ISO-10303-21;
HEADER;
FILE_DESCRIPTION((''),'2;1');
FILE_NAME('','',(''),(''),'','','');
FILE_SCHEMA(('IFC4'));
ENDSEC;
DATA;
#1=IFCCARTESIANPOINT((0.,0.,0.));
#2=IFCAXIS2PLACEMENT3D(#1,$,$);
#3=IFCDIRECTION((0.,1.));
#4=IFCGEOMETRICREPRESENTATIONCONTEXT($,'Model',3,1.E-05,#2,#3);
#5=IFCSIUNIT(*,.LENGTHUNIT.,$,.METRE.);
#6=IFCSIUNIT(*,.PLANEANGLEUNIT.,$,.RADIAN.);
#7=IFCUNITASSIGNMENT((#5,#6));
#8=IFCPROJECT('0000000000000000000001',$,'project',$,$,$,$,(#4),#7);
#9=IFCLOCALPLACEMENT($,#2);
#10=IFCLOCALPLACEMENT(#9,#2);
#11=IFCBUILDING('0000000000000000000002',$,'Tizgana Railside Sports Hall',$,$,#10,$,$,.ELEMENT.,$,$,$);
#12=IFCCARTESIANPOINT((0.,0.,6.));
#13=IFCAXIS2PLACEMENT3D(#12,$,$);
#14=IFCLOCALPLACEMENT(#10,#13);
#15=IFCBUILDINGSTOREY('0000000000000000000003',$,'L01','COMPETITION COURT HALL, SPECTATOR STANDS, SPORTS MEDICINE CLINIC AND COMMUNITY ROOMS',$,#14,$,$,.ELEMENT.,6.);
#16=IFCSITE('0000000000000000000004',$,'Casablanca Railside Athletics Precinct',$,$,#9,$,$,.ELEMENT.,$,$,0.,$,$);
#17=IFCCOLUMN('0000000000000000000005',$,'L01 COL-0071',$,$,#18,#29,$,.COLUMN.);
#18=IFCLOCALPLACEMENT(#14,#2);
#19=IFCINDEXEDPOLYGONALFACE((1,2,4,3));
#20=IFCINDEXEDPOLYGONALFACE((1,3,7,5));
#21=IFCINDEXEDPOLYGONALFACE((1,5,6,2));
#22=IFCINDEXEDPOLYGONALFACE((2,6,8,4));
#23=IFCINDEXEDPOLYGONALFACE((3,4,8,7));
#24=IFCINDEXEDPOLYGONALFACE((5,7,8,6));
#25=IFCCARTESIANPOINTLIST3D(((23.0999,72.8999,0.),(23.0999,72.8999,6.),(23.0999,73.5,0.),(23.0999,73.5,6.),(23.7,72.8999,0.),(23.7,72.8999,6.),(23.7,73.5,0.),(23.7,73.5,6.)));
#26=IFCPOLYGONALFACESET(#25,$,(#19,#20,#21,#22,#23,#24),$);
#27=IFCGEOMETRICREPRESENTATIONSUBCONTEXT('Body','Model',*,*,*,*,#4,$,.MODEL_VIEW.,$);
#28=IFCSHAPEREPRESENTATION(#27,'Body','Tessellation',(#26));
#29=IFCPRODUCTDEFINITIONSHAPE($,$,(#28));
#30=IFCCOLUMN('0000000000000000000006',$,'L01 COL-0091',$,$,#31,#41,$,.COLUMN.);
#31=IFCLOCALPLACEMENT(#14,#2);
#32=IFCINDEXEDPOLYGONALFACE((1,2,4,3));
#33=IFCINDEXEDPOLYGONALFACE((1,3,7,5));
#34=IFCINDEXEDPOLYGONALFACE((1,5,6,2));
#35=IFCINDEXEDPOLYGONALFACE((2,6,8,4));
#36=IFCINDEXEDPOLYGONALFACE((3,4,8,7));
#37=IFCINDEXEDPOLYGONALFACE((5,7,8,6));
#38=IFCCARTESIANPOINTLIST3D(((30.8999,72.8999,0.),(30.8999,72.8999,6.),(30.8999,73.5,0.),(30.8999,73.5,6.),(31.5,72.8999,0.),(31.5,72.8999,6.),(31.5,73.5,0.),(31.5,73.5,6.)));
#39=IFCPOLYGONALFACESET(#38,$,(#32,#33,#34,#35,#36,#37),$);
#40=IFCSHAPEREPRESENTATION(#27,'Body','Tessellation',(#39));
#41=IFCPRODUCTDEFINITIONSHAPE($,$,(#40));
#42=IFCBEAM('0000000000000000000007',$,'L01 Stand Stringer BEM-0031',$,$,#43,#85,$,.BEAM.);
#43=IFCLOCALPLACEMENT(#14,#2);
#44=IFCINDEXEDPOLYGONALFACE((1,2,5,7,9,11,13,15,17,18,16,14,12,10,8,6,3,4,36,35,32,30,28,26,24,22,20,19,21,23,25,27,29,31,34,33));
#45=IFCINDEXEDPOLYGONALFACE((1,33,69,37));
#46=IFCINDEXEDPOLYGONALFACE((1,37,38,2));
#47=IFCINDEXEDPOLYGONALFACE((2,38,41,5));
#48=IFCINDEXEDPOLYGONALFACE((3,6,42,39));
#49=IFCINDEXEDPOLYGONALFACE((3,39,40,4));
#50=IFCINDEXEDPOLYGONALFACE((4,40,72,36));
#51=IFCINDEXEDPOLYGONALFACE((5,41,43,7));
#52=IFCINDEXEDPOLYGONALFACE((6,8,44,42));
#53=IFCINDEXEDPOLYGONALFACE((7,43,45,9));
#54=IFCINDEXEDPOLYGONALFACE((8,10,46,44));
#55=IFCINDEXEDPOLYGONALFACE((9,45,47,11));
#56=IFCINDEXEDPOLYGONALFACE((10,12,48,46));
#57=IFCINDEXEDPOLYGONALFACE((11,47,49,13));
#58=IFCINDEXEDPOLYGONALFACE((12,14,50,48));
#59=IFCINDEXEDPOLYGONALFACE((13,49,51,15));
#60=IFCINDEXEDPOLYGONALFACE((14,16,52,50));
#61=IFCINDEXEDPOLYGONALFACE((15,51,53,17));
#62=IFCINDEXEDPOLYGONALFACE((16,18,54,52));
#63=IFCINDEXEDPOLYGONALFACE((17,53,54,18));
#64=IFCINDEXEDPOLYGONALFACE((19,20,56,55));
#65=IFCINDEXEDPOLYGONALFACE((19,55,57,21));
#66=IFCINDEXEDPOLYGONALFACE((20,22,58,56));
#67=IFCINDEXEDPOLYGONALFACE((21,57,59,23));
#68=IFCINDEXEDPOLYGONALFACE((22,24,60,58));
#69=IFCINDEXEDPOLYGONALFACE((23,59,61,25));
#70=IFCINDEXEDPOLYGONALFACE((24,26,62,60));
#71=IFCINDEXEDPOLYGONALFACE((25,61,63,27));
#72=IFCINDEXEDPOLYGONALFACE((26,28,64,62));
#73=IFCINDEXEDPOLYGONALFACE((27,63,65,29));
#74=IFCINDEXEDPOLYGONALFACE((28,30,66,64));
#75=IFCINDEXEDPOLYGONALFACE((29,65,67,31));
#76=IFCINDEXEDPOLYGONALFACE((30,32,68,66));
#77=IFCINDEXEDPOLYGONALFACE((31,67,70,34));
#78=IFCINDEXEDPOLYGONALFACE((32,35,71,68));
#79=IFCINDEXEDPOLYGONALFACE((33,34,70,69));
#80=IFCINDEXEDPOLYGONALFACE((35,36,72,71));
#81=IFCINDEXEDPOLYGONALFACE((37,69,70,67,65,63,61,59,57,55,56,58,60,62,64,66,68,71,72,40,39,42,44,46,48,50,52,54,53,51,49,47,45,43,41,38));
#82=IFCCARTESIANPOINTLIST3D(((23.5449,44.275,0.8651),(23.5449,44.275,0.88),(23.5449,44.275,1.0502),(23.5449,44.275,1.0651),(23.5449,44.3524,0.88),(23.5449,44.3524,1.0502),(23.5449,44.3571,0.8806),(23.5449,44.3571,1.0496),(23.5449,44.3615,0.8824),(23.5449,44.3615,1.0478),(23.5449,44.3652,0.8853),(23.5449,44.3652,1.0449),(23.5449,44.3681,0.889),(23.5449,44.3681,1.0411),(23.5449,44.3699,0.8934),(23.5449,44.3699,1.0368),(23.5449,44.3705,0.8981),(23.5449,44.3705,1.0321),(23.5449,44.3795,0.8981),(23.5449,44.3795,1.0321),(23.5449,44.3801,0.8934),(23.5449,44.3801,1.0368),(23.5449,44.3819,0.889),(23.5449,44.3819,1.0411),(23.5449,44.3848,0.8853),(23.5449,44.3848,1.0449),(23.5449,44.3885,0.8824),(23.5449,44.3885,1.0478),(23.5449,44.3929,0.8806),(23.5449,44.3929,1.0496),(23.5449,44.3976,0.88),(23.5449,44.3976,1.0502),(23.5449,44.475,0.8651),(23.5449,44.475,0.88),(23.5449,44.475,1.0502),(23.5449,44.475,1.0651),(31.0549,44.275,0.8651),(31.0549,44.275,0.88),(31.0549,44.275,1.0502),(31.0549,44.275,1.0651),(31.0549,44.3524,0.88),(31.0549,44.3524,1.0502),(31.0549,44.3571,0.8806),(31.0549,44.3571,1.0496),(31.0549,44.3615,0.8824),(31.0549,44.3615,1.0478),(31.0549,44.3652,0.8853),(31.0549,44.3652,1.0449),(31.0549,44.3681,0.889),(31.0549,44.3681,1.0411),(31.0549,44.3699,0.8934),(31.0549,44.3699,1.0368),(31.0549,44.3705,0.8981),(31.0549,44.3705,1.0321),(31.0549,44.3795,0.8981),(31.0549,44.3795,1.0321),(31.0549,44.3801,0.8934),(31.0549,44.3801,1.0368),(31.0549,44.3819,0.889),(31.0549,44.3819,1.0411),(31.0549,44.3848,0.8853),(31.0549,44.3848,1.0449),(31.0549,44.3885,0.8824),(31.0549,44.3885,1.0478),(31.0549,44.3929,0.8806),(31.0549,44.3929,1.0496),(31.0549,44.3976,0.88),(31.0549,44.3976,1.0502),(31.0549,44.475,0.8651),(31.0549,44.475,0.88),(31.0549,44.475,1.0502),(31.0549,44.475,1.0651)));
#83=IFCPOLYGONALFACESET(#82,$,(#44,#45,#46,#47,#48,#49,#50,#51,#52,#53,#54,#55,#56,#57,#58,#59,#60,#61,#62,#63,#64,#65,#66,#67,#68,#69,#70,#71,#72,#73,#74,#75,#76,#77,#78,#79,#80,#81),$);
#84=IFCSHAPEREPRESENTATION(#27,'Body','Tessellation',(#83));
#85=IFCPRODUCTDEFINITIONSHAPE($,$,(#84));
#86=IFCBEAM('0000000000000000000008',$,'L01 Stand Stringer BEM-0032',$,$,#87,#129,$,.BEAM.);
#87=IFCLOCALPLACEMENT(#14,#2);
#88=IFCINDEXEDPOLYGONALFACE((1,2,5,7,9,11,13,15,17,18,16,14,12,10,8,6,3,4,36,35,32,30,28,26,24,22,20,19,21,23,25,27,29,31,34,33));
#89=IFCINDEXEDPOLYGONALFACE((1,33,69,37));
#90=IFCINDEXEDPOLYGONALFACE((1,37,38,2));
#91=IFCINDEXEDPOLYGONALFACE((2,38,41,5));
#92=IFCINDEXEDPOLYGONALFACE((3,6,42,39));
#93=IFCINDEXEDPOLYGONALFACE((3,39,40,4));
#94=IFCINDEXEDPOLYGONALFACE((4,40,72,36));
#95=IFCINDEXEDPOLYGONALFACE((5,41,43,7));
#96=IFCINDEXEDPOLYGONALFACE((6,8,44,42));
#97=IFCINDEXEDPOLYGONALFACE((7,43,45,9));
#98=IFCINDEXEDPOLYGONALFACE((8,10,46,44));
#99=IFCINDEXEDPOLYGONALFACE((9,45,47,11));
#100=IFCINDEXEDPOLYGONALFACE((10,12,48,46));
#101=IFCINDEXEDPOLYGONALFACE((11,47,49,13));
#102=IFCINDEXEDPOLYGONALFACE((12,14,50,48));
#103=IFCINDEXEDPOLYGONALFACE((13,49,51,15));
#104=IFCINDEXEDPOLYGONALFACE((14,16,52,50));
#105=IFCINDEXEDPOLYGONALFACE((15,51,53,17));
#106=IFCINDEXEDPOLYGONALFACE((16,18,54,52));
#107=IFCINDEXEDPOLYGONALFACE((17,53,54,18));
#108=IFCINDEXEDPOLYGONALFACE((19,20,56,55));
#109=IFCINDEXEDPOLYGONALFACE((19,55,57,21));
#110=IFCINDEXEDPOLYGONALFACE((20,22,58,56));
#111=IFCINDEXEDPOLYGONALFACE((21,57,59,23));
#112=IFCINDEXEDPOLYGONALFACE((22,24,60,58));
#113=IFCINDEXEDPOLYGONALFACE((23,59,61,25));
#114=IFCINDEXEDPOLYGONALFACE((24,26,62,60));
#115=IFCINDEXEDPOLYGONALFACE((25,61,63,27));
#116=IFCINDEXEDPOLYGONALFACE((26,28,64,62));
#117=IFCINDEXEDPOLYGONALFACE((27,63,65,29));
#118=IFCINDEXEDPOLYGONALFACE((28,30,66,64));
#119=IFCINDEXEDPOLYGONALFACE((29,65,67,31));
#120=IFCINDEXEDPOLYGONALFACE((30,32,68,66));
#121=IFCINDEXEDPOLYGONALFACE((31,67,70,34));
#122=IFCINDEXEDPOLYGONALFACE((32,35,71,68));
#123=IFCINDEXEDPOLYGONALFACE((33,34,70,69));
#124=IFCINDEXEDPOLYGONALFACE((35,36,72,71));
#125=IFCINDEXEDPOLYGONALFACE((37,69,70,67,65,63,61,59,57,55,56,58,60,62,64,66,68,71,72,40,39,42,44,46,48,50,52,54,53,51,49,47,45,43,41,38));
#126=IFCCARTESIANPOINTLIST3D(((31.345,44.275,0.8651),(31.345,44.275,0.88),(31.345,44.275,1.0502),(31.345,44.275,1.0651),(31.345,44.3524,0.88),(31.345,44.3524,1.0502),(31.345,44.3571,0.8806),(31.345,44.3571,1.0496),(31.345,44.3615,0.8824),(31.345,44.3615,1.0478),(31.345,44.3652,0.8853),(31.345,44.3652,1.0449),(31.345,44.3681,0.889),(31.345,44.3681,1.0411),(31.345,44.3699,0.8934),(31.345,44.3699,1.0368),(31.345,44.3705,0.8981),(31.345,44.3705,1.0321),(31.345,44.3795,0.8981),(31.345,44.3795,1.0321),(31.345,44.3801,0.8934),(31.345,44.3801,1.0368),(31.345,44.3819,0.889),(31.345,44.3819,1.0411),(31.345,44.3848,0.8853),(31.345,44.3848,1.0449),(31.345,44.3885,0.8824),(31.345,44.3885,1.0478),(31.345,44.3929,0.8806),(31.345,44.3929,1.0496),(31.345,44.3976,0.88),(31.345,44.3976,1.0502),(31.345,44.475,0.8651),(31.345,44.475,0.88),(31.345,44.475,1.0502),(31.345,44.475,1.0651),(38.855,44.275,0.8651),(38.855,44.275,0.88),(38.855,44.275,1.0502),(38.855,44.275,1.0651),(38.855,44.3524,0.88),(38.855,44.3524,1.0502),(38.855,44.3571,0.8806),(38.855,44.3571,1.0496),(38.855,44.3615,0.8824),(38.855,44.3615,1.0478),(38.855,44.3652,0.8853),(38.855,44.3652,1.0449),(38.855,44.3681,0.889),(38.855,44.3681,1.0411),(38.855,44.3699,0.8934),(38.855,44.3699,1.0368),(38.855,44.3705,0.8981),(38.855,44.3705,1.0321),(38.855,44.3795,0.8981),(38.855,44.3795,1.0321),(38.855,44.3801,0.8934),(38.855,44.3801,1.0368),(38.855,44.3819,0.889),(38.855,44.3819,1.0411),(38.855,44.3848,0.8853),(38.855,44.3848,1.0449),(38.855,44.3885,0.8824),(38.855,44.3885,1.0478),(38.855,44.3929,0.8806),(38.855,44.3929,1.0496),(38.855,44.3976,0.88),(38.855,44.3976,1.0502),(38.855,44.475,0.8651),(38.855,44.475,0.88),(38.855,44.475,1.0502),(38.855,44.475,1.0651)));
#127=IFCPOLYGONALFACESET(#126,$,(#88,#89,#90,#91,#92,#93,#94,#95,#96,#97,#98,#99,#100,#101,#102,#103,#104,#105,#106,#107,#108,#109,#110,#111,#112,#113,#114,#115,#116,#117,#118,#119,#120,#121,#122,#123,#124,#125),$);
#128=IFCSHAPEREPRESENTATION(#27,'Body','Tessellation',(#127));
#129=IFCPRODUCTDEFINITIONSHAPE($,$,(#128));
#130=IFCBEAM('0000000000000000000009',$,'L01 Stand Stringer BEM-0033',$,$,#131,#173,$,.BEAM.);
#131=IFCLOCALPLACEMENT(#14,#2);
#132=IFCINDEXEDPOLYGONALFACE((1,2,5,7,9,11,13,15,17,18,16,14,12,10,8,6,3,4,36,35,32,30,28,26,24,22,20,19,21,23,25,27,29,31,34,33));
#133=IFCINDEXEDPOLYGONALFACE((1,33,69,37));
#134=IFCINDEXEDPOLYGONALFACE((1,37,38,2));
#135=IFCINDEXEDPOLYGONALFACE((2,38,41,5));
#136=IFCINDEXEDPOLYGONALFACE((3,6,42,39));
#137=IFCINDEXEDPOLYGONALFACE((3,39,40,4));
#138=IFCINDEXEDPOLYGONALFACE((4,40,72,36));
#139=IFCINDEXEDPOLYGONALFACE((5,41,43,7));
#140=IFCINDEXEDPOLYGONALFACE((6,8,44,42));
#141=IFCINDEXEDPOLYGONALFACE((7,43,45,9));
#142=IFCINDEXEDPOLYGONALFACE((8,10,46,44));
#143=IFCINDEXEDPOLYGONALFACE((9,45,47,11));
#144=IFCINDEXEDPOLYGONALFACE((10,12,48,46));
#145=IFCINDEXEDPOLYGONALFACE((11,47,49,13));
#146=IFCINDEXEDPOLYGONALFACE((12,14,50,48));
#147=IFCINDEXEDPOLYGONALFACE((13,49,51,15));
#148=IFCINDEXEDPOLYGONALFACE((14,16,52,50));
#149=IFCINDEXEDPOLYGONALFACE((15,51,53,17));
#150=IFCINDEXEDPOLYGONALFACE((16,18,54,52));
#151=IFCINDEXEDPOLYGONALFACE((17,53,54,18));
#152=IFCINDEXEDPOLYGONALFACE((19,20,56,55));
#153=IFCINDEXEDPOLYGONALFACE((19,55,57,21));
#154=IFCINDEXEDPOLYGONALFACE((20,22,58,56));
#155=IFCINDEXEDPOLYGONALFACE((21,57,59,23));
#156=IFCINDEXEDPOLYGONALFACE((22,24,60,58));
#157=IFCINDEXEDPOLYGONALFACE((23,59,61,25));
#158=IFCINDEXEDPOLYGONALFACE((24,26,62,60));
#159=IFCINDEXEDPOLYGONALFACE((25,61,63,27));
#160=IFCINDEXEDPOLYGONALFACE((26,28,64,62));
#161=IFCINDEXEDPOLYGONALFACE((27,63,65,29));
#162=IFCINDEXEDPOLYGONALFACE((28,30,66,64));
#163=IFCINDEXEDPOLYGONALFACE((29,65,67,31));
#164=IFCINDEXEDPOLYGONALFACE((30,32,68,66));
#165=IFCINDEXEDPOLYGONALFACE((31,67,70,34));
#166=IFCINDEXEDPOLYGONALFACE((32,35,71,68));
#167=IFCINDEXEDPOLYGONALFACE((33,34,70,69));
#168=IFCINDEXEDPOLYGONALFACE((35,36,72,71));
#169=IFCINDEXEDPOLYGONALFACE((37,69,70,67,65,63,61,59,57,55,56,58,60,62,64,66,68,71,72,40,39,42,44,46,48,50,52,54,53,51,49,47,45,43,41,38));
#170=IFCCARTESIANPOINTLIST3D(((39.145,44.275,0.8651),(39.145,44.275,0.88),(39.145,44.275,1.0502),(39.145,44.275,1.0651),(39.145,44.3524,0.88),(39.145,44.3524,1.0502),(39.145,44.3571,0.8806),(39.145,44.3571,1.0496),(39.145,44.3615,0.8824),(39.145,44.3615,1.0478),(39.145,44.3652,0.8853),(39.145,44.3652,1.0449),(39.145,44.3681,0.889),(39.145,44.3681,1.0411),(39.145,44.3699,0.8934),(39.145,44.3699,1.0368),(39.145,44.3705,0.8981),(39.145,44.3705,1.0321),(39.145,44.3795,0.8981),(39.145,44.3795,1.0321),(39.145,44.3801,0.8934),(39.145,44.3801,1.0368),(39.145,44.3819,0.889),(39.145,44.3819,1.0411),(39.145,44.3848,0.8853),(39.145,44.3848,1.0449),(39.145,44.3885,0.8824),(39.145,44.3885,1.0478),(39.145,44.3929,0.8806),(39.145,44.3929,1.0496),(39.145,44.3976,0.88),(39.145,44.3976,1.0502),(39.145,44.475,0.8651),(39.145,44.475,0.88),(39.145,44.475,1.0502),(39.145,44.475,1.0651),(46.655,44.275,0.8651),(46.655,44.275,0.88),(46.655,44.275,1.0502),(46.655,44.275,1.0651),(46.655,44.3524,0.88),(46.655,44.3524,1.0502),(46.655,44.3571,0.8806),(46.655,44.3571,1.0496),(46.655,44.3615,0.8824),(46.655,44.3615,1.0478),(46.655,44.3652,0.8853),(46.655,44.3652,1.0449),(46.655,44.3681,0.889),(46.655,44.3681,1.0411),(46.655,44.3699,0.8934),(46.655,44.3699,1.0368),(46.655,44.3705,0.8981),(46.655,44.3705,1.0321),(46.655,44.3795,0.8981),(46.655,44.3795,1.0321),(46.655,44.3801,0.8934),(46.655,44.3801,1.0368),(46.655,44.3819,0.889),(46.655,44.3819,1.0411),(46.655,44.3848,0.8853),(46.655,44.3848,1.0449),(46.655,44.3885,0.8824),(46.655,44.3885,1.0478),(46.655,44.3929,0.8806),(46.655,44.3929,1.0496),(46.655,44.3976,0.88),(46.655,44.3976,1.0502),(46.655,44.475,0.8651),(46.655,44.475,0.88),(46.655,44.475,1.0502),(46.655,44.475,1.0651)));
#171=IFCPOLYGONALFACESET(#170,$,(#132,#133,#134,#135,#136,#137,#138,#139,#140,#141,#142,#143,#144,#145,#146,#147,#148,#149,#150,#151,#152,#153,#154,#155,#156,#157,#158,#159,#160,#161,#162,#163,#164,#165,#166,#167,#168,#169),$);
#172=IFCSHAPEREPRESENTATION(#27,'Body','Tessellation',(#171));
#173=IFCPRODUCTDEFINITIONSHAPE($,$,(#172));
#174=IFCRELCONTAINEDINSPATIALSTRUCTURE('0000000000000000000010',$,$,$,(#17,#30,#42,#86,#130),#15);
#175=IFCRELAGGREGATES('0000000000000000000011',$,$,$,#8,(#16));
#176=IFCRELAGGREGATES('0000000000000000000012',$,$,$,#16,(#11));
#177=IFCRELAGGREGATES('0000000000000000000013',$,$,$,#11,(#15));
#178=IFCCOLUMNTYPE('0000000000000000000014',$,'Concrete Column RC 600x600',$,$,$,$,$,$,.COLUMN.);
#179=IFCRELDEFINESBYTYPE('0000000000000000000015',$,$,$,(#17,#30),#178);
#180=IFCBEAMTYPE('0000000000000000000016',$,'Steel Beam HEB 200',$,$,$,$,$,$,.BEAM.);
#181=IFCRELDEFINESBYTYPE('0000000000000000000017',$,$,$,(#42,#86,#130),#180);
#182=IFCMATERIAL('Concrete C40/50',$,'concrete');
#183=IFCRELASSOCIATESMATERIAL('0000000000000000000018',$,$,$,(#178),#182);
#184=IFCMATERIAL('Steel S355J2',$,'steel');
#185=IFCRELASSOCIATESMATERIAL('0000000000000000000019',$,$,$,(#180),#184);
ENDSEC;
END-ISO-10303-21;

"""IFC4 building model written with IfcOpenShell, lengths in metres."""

from ifc_helpers import new_model, si_unit, direction, frame, origin, origin_2d, place, context, subcontext, project, spatial, rectangle, i_section, extrude, material, material_profile, profile_set, type_object, element, save


model = new_model("IFC4")

# Units and contexts
model_context = context("Model", 3, precision=1e-05, world=origin(), true_north=direction((0.0, 1.0)))
body_context = subcontext(model_context, "Body", "Model", "MODEL_VIEW")
ifc_project = project(units=[si_unit("LENGTHUNIT", "METRE"), si_unit("PLANEANGLEUNIT", "RADIAN")], contexts=[model_context])

# Site, building, storey
site_placement = place(None, origin())
site = spatial("IfcSite", under=ifc_project, at=site_placement, Name="Casablanca Railside Athletics Precinct", CompositionType="ELEMENT", RefElevation=0.0)
building_placement = place(site_placement, origin())
building = spatial("IfcBuilding", under=site, at=building_placement, Name="Tizgana Railside Sports Hall", CompositionType="ELEMENT")
storey_placement = place(building_placement, frame((0.0, 0.0, 6.0)))
storey = spatial("IfcBuildingStorey", under=building, at=storey_placement, Name="L01", Description="COMPETITION COURT HALL, SPECTATOR STANDS, SPORTS MEDICINE CLINIC AND COMMUNITY ROOMS", CompositionType="ELEMENT", Elevation=6.0)

# Columns
ifc_material_1 = material(Name="Concrete C40/50", Category="concrete")
ifc_material_profile_1 = material_profile(ifc_material_1, rectangle(XDim=0.6001, YDim=0.6001, at=origin_2d()), Name="RC 600x600")
ifc_profile_set_1 = profile_set([ifc_material_profile_1], Name="Concrete C40/50")
column_type = type_object("IfcColumnType", Name="Concrete Column RC 600x600", PredefinedType="COLUMN", material=ifc_profile_set_1)
for number, where, z_axis, x_axis, name in (
    (1, (23.3999, 73.2, 0.0), (0.0, 0.0, 1.0), (1.0, 0.0, 0.0), "L01 COL-0071"),
    (2, (31.2, 73.2, 0.0), (0.0, 0.0, 1.0), (1.0, 0.0, 0.0), "L01 COL-0091"),
):
    element("IfcColumn", number, at=place(storey_placement, frame(where, z_axis=z_axis, x_axis=x_axis)), inside=storey, type_object=column_type, Name=name, PredefinedType="COLUMN", context=body_context, shape_type="SweptSolid", body=[
        extrude(rectangle(XDim=0.6001, YDim=0.6001, at=origin_2d()), origin(), (0.0, 0.0, 1.0), 6.0),
    ])

# Beams
ifc_material_2 = material(Name="Steel S355J2", Category="steel")
ifc_material_profile_2 = material_profile(ifc_material_2, i_section(OverallWidth=0.2, OverallDepth=0.2, WebThickness=0.009, FlangeThickness=0.0149, FilletRadius=0.0181, at=origin_2d()), Name="HEB 200")
ifc_profile_set_2 = profile_set([ifc_material_profile_2], Name="Steel S355J2")
beam_type_1 = type_object("IfcBeamType", Name="Steel Beam HEB 200", PredefinedType="BEAM", material=ifc_profile_set_2)
for number, where, z_axis, x_axis, name in (
    (3, (23.5449, 44.375, 0.9651), (1.0, 0.0, 0.0), (0.0, 1.0, 0.0), "L01 Stand Stringer BEM-0031"),
    (4, (31.345, 44.375, 0.9651), (1.0, 0.0, 0.0), (0.0, 1.0, 0.0), "L01 Stand Stringer BEM-0032"),
    (5, (39.145, 44.375, 0.9651), (1.0, 0.0, 0.0), (0.0, 1.0, 0.0), "L01 Stand Stringer BEM-0033"),
):
    element("IfcBeam", number, at=place(storey_placement, frame(where, z_axis=z_axis, x_axis=x_axis)), inside=storey, type_object=beam_type_1, Name=name, PredefinedType="BEAM", context=body_context, shape_type="SweptSolid", body=[
        extrude(i_section(OverallWidth=0.2, OverallDepth=0.2, WebThickness=0.009, FlangeThickness=0.0149, FilletRadius=0.0181, at=origin_2d()), origin(), (0.0, 0.0, 1.0), 7.51),
    ])

save(model, "model.ifc")
